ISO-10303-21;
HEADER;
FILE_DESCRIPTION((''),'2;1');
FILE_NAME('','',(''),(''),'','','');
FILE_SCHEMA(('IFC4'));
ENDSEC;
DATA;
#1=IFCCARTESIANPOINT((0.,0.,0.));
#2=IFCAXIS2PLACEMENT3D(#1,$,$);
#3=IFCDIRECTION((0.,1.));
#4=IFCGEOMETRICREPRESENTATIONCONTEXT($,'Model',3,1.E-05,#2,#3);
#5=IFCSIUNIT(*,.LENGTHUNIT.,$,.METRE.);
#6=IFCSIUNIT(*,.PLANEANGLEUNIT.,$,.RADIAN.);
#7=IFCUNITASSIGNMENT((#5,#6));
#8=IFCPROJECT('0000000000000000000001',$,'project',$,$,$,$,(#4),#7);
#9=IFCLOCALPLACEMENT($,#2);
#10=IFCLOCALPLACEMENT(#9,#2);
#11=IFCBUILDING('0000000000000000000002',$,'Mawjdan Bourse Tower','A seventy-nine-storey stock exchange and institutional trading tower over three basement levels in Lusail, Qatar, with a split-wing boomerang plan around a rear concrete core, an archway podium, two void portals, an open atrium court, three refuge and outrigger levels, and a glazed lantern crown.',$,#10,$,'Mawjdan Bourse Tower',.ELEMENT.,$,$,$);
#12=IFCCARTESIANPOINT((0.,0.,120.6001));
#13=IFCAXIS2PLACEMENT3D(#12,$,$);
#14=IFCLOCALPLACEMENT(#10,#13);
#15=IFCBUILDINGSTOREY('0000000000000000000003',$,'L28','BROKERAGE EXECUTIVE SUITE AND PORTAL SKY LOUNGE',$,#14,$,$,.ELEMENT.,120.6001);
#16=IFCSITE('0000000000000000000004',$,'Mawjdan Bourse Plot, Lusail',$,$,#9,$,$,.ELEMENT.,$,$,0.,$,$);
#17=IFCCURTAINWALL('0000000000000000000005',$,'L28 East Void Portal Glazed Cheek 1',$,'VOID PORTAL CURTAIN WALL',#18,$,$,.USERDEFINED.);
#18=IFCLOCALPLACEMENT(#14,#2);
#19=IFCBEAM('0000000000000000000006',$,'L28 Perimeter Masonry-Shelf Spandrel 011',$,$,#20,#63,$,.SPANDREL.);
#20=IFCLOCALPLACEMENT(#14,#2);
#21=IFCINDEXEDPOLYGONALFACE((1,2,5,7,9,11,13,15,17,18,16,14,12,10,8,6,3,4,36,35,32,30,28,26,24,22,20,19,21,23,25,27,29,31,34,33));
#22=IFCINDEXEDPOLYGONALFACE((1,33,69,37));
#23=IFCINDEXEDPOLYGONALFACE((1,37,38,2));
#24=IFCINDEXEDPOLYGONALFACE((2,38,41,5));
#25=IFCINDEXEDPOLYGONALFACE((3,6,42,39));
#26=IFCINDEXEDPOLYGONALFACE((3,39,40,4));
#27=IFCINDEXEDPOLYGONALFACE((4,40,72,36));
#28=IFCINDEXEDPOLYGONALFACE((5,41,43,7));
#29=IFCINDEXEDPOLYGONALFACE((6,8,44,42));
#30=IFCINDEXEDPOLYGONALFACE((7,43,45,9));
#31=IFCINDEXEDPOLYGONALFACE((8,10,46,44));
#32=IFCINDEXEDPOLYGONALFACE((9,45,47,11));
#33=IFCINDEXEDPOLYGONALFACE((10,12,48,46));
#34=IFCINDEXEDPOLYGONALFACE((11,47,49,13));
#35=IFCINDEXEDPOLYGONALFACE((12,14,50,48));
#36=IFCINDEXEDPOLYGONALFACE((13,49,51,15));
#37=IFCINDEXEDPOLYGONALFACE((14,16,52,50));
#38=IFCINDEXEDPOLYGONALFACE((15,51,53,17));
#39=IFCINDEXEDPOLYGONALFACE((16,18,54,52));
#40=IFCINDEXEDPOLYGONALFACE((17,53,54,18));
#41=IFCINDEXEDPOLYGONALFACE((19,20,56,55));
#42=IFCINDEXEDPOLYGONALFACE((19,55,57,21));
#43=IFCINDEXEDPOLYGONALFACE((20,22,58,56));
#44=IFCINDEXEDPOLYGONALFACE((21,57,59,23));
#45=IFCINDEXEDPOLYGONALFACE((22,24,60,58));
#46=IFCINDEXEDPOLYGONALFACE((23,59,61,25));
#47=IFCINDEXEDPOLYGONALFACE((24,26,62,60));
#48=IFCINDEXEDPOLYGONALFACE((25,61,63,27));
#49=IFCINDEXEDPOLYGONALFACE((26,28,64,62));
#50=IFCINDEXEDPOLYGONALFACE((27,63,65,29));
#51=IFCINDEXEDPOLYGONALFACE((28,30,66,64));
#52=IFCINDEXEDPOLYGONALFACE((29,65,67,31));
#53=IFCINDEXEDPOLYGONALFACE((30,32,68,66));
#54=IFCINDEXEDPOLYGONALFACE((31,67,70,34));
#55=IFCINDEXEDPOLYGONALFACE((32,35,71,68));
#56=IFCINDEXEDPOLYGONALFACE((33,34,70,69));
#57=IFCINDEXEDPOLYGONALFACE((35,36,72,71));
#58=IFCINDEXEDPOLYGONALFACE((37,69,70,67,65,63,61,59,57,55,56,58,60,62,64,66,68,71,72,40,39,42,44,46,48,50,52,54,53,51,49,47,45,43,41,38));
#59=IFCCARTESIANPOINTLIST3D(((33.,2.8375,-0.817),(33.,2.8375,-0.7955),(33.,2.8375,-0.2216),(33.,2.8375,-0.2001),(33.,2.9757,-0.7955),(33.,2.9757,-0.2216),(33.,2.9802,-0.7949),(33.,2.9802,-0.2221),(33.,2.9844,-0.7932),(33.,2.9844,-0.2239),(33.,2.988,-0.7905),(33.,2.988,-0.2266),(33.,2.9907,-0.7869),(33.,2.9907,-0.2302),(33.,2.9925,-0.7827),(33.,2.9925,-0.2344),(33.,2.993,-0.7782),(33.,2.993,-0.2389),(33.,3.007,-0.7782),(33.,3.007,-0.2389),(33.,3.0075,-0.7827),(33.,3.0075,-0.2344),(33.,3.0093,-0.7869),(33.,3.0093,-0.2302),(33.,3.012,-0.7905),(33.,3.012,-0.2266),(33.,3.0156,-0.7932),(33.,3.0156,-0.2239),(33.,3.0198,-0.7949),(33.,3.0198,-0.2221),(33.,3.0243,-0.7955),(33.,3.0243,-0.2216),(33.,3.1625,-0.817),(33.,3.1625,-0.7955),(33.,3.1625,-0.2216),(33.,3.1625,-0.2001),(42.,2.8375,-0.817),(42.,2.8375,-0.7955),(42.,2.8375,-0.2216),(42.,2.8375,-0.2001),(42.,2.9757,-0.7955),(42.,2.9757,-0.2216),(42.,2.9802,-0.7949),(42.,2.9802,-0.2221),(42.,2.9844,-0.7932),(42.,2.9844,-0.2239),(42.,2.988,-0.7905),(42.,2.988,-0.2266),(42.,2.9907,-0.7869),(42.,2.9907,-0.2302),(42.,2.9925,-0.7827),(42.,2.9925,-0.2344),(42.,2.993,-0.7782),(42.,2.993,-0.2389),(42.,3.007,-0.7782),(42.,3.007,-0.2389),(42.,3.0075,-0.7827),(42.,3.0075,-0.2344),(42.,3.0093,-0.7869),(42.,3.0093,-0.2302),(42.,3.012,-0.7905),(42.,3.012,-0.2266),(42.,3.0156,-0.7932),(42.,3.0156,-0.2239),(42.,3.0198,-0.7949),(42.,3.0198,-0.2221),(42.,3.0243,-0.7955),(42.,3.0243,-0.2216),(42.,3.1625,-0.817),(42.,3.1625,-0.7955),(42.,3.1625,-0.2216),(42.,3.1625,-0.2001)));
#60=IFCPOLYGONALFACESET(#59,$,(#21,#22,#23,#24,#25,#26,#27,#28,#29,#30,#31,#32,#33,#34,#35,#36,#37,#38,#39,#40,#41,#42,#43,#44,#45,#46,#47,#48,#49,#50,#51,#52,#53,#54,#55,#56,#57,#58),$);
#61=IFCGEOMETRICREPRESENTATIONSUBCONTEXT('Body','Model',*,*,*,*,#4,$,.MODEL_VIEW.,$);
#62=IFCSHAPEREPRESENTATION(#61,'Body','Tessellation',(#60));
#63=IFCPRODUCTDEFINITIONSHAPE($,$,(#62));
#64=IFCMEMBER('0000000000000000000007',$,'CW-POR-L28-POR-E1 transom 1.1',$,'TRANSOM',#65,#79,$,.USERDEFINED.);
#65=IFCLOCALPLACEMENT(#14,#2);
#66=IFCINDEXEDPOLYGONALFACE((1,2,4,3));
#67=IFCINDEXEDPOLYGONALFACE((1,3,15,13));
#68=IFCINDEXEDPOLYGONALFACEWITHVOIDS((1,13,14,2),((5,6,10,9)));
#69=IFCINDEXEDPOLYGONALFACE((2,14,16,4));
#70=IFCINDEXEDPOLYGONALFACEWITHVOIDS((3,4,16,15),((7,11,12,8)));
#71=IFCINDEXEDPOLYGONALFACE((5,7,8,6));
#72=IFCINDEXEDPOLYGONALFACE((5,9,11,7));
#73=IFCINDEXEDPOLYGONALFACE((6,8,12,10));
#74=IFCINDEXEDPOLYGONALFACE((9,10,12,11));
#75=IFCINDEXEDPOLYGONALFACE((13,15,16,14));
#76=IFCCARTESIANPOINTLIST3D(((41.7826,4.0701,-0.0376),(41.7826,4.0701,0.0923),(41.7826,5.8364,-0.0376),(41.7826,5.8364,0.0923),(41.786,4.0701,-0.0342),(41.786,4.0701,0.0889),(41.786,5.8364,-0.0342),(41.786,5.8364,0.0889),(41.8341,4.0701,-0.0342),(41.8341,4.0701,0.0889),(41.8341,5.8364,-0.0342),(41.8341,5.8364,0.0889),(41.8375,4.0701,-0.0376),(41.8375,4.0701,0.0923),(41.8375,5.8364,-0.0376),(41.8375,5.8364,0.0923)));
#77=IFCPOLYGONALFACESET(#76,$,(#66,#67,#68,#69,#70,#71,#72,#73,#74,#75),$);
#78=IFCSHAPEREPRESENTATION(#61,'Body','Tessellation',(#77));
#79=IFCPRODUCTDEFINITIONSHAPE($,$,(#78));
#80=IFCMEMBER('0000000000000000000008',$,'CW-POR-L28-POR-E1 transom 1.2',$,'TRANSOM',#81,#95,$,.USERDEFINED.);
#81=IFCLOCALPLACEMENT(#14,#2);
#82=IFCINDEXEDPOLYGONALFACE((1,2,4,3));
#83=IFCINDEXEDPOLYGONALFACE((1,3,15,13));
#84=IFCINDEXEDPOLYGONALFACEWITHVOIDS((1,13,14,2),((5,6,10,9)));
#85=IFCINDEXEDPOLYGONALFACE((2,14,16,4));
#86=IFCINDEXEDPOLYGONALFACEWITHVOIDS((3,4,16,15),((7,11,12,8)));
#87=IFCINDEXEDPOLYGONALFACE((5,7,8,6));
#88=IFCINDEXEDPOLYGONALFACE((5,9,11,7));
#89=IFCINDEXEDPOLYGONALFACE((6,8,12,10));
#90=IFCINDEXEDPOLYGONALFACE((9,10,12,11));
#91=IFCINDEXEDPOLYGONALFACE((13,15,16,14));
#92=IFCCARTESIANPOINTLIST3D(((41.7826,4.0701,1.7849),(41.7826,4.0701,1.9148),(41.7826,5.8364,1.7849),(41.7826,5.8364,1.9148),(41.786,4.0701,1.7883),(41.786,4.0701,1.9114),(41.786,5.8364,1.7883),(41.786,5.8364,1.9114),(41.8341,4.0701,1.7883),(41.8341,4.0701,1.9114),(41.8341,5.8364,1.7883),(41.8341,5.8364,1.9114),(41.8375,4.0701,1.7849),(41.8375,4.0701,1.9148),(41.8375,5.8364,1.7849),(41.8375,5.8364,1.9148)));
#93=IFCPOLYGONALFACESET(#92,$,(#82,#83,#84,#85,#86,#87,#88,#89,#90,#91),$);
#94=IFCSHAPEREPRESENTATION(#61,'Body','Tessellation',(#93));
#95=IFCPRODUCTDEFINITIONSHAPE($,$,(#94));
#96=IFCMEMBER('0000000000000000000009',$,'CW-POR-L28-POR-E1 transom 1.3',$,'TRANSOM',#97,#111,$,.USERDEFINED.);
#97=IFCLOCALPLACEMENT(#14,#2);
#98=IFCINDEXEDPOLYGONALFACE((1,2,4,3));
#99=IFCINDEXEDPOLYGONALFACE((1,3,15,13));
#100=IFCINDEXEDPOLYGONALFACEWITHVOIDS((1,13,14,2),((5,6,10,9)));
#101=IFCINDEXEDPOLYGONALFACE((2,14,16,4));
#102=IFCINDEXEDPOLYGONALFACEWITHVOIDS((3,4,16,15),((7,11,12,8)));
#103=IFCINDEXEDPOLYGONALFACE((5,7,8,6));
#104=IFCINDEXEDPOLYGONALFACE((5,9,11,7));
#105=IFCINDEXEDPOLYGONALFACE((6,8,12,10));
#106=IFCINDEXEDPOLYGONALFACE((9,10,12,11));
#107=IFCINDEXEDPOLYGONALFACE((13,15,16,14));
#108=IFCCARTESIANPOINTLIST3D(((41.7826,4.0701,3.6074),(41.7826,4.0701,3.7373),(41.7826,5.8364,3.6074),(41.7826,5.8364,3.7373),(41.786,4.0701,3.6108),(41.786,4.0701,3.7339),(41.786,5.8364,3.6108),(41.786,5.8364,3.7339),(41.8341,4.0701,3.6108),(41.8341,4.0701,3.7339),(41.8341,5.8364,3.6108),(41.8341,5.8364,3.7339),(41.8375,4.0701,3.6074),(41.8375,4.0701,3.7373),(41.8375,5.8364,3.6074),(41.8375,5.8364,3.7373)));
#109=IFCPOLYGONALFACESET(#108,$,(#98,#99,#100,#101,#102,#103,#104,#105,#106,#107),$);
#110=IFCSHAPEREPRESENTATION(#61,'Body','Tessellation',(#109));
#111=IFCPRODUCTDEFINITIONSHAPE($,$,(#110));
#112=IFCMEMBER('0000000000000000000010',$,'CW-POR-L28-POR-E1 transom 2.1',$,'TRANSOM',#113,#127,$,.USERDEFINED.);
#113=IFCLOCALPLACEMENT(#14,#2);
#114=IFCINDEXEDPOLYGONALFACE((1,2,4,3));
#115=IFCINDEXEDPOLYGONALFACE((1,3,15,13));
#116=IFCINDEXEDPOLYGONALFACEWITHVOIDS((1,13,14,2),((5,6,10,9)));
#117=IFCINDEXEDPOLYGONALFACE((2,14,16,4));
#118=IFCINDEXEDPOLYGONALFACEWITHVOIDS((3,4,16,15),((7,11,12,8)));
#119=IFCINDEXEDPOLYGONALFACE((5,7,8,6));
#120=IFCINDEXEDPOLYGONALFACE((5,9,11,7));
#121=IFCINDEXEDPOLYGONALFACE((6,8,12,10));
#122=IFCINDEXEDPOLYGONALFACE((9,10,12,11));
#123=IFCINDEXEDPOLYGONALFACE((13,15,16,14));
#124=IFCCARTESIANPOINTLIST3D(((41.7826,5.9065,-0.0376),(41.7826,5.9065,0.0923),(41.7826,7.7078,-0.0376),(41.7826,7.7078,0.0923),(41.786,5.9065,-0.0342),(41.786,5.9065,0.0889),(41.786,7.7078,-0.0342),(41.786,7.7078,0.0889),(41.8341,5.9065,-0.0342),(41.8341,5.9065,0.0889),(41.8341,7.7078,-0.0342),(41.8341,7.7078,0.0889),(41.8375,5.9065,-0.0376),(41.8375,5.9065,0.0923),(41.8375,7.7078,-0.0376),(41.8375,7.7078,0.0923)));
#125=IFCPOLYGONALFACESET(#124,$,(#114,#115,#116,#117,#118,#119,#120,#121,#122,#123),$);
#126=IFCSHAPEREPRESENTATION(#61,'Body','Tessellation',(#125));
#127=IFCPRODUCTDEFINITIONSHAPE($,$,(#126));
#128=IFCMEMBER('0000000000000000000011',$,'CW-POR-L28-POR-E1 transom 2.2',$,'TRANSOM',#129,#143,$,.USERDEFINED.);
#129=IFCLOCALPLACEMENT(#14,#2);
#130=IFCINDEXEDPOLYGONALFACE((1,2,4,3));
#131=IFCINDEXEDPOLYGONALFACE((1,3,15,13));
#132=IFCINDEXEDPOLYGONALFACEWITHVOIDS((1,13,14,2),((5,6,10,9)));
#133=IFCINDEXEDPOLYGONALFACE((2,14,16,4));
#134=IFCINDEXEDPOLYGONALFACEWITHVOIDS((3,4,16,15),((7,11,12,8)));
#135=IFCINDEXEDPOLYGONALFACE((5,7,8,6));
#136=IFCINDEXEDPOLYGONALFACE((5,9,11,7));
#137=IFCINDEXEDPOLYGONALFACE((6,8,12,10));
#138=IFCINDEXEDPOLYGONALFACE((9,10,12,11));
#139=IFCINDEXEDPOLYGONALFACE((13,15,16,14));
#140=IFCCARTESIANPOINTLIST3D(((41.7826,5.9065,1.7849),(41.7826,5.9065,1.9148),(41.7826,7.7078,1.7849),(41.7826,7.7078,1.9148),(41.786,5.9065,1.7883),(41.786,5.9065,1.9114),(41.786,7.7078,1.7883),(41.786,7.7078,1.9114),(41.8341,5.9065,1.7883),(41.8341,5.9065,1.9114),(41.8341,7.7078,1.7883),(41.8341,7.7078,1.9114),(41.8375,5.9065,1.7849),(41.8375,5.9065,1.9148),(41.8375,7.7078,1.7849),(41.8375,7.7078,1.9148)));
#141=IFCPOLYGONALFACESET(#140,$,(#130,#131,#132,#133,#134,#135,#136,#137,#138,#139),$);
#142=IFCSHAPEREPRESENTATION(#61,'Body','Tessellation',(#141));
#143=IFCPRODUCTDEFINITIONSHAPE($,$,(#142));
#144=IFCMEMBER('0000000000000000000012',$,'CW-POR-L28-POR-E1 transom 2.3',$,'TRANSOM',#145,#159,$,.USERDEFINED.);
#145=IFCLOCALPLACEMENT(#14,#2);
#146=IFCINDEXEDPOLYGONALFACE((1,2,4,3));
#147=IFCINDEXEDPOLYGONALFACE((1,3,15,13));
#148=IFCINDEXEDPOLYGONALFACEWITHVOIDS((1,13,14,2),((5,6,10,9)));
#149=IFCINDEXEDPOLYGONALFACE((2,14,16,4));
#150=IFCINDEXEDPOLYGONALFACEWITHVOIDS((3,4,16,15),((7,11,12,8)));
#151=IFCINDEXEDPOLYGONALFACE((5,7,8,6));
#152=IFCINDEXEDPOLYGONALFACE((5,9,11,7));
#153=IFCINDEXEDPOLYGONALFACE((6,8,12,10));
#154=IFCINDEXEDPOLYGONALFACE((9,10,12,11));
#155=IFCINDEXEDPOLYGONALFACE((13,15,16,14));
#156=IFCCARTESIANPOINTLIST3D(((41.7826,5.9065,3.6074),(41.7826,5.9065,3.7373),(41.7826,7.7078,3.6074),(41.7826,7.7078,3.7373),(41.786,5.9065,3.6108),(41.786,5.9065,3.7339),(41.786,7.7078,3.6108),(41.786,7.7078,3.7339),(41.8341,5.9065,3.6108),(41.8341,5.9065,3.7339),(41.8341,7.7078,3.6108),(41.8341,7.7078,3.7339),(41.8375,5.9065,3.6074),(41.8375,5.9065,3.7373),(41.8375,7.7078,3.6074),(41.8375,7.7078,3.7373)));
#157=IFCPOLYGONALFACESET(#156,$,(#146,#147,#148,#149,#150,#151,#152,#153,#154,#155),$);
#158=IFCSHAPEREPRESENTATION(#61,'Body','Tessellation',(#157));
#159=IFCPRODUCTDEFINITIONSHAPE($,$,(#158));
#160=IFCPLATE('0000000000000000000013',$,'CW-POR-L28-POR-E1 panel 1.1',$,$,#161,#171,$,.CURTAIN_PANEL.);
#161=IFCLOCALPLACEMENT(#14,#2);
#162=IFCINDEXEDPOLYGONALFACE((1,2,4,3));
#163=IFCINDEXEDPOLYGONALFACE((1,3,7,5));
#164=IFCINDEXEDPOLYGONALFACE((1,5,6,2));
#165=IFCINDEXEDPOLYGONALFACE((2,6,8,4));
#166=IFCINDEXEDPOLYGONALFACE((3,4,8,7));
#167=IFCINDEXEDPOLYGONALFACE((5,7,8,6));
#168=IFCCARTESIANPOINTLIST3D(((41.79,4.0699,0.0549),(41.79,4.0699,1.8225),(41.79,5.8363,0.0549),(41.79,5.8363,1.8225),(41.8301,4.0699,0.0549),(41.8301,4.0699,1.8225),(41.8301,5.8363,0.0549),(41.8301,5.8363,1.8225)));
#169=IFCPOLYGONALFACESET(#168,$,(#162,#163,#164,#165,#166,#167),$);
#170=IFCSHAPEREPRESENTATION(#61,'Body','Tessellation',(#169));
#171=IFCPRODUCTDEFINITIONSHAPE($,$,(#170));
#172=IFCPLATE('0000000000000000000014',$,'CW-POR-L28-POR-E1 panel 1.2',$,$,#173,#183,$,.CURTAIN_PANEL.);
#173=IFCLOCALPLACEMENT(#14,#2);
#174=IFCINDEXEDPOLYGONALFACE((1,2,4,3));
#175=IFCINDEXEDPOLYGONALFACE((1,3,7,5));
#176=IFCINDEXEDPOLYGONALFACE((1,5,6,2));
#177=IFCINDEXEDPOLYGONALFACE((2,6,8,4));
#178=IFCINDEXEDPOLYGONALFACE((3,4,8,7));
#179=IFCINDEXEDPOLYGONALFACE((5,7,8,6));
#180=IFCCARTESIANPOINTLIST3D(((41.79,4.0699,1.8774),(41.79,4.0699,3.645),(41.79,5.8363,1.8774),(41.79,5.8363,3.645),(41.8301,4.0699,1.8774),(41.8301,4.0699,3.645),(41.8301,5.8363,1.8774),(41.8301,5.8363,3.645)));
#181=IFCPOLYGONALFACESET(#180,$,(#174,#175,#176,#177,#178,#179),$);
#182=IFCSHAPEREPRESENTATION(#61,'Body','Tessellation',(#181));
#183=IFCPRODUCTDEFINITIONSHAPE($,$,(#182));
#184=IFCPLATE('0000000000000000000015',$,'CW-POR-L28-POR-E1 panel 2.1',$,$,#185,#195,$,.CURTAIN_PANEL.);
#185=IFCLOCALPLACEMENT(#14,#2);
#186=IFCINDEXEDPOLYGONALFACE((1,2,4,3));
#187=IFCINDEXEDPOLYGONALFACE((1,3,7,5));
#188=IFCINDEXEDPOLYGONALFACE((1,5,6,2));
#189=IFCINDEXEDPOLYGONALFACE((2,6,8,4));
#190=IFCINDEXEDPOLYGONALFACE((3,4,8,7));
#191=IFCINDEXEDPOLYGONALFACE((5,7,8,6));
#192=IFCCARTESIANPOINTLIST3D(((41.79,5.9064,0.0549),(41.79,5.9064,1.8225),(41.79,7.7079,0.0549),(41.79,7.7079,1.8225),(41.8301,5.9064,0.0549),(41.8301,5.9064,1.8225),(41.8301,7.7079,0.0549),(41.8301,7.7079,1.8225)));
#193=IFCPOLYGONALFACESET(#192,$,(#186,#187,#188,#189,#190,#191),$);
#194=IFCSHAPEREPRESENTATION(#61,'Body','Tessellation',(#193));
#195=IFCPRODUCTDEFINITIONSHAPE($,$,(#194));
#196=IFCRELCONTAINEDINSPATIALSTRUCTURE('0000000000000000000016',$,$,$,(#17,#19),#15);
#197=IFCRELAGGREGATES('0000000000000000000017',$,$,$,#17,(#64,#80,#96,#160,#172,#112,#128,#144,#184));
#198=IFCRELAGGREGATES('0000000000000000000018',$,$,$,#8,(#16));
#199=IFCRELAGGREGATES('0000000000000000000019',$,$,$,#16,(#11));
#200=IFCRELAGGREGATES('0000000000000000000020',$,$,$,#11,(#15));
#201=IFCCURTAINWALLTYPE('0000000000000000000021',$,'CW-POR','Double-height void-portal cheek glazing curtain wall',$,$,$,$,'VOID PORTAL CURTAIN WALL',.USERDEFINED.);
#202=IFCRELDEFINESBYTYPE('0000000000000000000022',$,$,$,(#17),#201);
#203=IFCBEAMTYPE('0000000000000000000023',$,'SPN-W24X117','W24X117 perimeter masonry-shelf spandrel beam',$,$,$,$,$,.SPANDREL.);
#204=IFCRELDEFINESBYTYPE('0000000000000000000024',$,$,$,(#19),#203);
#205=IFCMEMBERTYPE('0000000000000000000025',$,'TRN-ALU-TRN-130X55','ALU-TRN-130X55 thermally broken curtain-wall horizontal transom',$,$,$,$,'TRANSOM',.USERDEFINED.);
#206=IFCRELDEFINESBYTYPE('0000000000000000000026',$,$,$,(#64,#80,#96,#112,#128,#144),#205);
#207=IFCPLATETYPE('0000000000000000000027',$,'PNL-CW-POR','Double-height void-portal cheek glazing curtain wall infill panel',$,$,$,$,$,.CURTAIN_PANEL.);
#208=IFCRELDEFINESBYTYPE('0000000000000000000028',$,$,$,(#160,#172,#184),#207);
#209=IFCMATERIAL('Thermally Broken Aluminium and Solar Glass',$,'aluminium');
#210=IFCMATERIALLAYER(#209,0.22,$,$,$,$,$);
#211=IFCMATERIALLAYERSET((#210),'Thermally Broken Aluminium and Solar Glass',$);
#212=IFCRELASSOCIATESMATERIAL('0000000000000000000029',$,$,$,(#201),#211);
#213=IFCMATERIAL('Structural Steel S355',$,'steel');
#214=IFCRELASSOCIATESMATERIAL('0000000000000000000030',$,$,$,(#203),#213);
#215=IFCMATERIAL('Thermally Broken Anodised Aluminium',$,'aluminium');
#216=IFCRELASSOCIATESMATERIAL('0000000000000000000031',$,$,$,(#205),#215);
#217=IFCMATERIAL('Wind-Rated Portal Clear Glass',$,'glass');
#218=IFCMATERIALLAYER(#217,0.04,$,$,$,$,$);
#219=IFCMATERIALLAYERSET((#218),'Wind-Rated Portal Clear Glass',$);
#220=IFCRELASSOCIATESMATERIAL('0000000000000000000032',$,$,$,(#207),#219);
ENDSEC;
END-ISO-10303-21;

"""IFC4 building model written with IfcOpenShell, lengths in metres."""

from ifc_helpers import new_model, si_unit, direction, frame, origin, origin_2d, place, context, subcontext, project, spatial, rectangle, hollow_rectangle, i_section, extrude, material, layer, layer_set, material_profile, profile_set, type_object, element, aggregate, save


model = new_model("IFC4")

# Units and contexts
model_context = context("Model", 3, precision=1e-05, world=origin(), true_north=direction((0.0, 1.0)))
body_context = subcontext(model_context, "Body", "Model", "MODEL_VIEW")
ifc_project = project(units=[si_unit("LENGTHUNIT", "METRE"), si_unit("PLANEANGLEUNIT", "RADIAN")], contexts=[model_context])

# Site, building, storey
site_placement = place(None, origin())
site = spatial("IfcSite", under=ifc_project, at=site_placement, Name="Mawjdan Bourse Plot, Lusail", CompositionType="ELEMENT", RefElevation=0.0)
building_placement = place(site_placement, origin())
building = spatial("IfcBuilding", under=site, at=building_placement, Name="Mawjdan Bourse Tower", Description="A seventy-nine-storey stock exchange and institutional trading tower over three basement levels in Lusail, Qatar, with a split-wing boomerang plan around a rear concrete core, an archway podium, two void portals, an open atrium court, three refuge and outrigger levels, and a glazed lantern crown.", LongName="Mawjdan Bourse Tower", CompositionType="ELEMENT")
storey_placement = place(building_placement, frame((0.0, 0.0, 120.6001)))
storey = spatial("IfcBuildingStorey", under=building, at=storey_placement, Name="L28", Description="BROKERAGE EXECUTIVE SUITE AND PORTAL SKY LOUNGE", CompositionType="ELEMENT", Elevation=120.6001)

# Shared definitions
ifc_material_1 = material(Name="Structural Steel S355", Category="steel")

# Curtain wall
ifc_material_2 = material(Name="Thermally Broken Aluminium and Solar Glass", Category="aluminium")
ifc_layer_1 = layer(ifc_material_2, 0.22)
ifc_layer_set_1 = layer_set([ifc_layer_1], Name="Thermally Broken Aluminium and Solar Glass")
curtain_wall_type = type_object("IfcCurtainWallType", Name="CW-POR", Description="Double-height void-portal cheek glazing curtain wall", ElementType="VOID PORTAL CURTAIN WALL", PredefinedType="USERDEFINED", material=ifc_layer_set_1)
curtain_wall_placement = place(storey_placement, origin())
curtain_wall = element("IfcCurtainWall", 1, at=curtain_wall_placement, inside=storey, type_object=curtain_wall_type, Name="L28 East Void Portal Glazed Cheek 1", ObjectType="VOID PORTAL CURTAIN WALL", PredefinedType="USERDEFINED")
ifc_material_3 = material(Name="Thermally Broken Anodised Aluminium", Category="aluminium")

# Beam
ifc_material_profile_1 = material_profile(ifc_material_1, i_section(OverallWidth=0.325, OverallDepth=0.6169, WebThickness=0.0139, FlangeThickness=0.0215, FilletRadius=0.0173, at=origin_2d()), Name="W24X117")
ifc_profile_set_1 = profile_set([ifc_material_profile_1], Name="Structural Steel S355")
beam_type_1 = type_object("IfcBeamType", Name="SPN-W24X117", Description="W24X117 perimeter masonry-shelf spandrel beam", PredefinedType="SPANDREL", material=ifc_profile_set_1)
beam_1_placement = place(storey_placement, frame((33.0, 3.0, -0.5085), z_axis=(1.0, 0.0, 0.0), x_axis=(0.0, 1.0, 0.0)))
element("IfcBeam", 2, at=beam_1_placement, inside=storey, type_object=beam_type_1, Name="L28 Perimeter Masonry-Shelf Spandrel 011", PredefinedType="SPANDREL", context=body_context, shape_type="SweptSolid", body=[
    extrude(i_section(OverallWidth=0.325, OverallDepth=0.6169, WebThickness=0.0139, FlangeThickness=0.0215, FilletRadius=0.0173, at=origin_2d()), origin(), (0.0, 0.0, 1.0), 9.0),
])

# Members
ifc_material_profile_2 = material_profile(ifc_material_3, hollow_rectangle(XDim=0.0549, YDim=0.1299, WallThickness=0.0034, at=origin_2d()), Name="ALU-TRN-130X55")
ifc_profile_set_2 = profile_set([ifc_material_profile_2], Name="Thermally Broken Anodised Aluminium")
member_type_1 = type_object("IfcMemberType", Name="TRN-ALU-TRN-130X55", Description="ALU-TRN-130X55 thermally broken curtain-wall horizontal transom", ElementType="TRANSOM", PredefinedType="USERDEFINED", material=ifc_profile_set_2)
member_1_placement = place(storey_placement, frame((41.8101, 4.0701, 0.0273), z_axis=(0.0, 1.0, 0.0), x_axis=(-1.0, 0.0, 0.0)))
member_1 = element("IfcMember", 3, at=member_1_placement, type_object=member_type_1, Name="CW-POR-L28-POR-E1 transom 1.1", ObjectType="TRANSOM", PredefinedType="USERDEFINED", context=body_context, shape_type="SweptSolid", body=[
    extrude(hollow_rectangle(XDim=0.0549, YDim=0.1299, WallThickness=0.0034, at=origin_2d()), origin(), (0.0, 0.0, 1.0), 1.7664),
])
member_2_placement = place(storey_placement, frame((41.8101, 4.0701, 1.8499), z_axis=(0.0, 1.0, 0.0), x_axis=(-1.0, 0.0, 0.0)))
member_2 = element("IfcMember", 4, at=member_2_placement, type_object=member_type_1, Name="CW-POR-L28-POR-E1 transom 1.2", ObjectType="TRANSOM", PredefinedType="USERDEFINED", context=body_context, shape_type="SweptSolid", body=[
    extrude(hollow_rectangle(XDim=0.0549, YDim=0.1299, WallThickness=0.0034, at=origin_2d()), origin(), (0.0, 0.0, 1.0), 1.7664),
])
member_3_placement = place(storey_placement, frame((41.8101, 4.0701, 3.6724), z_axis=(0.0, 1.0, 0.0), x_axis=(-1.0, 0.0, 0.0)))
member_3 = element("IfcMember", 5, at=member_3_placement, type_object=member_type_1, Name="CW-POR-L28-POR-E1 transom 1.3", ObjectType="TRANSOM", PredefinedType="USERDEFINED", context=body_context, shape_type="SweptSolid", body=[
    extrude(hollow_rectangle(XDim=0.0549, YDim=0.1299, WallThickness=0.0034, at=origin_2d()), origin(), (0.0, 0.0, 1.0), 1.7664),
])
member_4_placement = place(storey_placement, frame((41.8101, 5.9065, 0.0273), z_axis=(0.0, 1.0, 0.0), x_axis=(-1.0, 0.0, 0.0)))
member_4 = element("IfcMember", 6, at=member_4_placement, type_object=member_type_1, Name="CW-POR-L28-POR-E1 transom 2.1", ObjectType="TRANSOM", PredefinedType="USERDEFINED", context=body_context, shape_type="SweptSolid", body=[
    extrude(hollow_rectangle(XDim=0.0549, YDim=0.1299, WallThickness=0.0034, at=origin_2d()), origin(), (0.0, 0.0, 1.0), 1.8013),
])
member_5_placement = place(storey_placement, frame((41.8101, 5.9065, 1.8499), z_axis=(0.0, 1.0, 0.0), x_axis=(-1.0, 0.0, 0.0)))
member_5 = element("IfcMember", 7, at=member_5_placement, type_object=member_type_1, Name="CW-POR-L28-POR-E1 transom 2.2", ObjectType="TRANSOM", PredefinedType="USERDEFINED", context=body_context, shape_type="SweptSolid", body=[
    extrude(hollow_rectangle(XDim=0.0549, YDim=0.1299, WallThickness=0.0034, at=origin_2d()), origin(), (0.0, 0.0, 1.0), 1.8013),
])
member_6_placement = place(storey_placement, frame((41.8101, 5.9065, 3.6724), z_axis=(0.0, 1.0, 0.0), x_axis=(-1.0, 0.0, 0.0)))
member_6 = element("IfcMember", 8, at=member_6_placement, type_object=member_type_1, Name="CW-POR-L28-POR-E1 transom 2.3", ObjectType="TRANSOM", PredefinedType="USERDEFINED", context=body_context, shape_type="SweptSolid", body=[
    extrude(hollow_rectangle(XDim=0.0549, YDim=0.1299, WallThickness=0.0034, at=origin_2d()), origin(), (0.0, 0.0, 1.0), 1.8013),
])

# Plates
ifc_material_4 = material(Name="Wind-Rated Portal Clear Glass", Category="glass")
ifc_layer_2 = layer(ifc_material_4, 0.04)
ifc_layer_set_2 = layer_set([ifc_layer_2], Name="Wind-Rated Portal Clear Glass")
plate_type = type_object("IfcPlateType", Name="PNL-CW-POR", Description="Double-height void-portal cheek glazing curtain wall infill panel", PredefinedType="CURTAIN_PANEL", material=ifc_layer_set_2)
plate_1_placement = place(storey_placement, frame((41.8101, 4.9531, 0.0549), z_axis=(0.0, 0.0, 1.0), x_axis=(0.0, 1.0, 0.0)))
plate_1 = element("IfcPlate", 9, at=plate_1_placement, type_object=plate_type, Name="CW-POR-L28-POR-E1 panel 1.1", PredefinedType="CURTAIN_PANEL", context=body_context, shape_type="SweptSolid", body=[
    extrude(rectangle(XDim=1.7664, YDim=0.04, at=origin_2d()), origin(), (0.0, 0.0, 1.0), 1.7676),
])
plate_2_placement = place(storey_placement, frame((41.8101, 4.9531, 1.8774), z_axis=(0.0, 0.0, 1.0), x_axis=(0.0, 1.0, 0.0)))
plate_2 = element("IfcPlate", 10, at=plate_2_placement, type_object=plate_type, Name="CW-POR-L28-POR-E1 panel 1.2", PredefinedType="CURTAIN_PANEL", context=body_context, shape_type="SweptSolid", body=[
    extrude(rectangle(XDim=1.7664, YDim=0.04, at=origin_2d()), origin(), (0.0, 0.0, 1.0), 1.7676),
])
plate_3_placement = place(storey_placement, frame((41.8101, 6.8071, 0.0549), z_axis=(0.0, 0.0, 1.0), x_axis=(0.0, 1.0, 0.0)))
plate_3 = element("IfcPlate", 11, at=plate_3_placement, type_object=plate_type, Name="CW-POR-L28-POR-E1 panel 2.1", PredefinedType="CURTAIN_PANEL", context=body_context, shape_type="SweptSolid", body=[
    extrude(rectangle(XDim=1.8015, YDim=0.04, at=origin_2d()), origin(), (0.0, 0.0, 1.0), 1.7676),
])
aggregate(curtain_wall, [member_1, member_2, member_3, plate_1, plate_2, member_4, member_5, member_6, plate_3])

save(model, "model.ifc")
